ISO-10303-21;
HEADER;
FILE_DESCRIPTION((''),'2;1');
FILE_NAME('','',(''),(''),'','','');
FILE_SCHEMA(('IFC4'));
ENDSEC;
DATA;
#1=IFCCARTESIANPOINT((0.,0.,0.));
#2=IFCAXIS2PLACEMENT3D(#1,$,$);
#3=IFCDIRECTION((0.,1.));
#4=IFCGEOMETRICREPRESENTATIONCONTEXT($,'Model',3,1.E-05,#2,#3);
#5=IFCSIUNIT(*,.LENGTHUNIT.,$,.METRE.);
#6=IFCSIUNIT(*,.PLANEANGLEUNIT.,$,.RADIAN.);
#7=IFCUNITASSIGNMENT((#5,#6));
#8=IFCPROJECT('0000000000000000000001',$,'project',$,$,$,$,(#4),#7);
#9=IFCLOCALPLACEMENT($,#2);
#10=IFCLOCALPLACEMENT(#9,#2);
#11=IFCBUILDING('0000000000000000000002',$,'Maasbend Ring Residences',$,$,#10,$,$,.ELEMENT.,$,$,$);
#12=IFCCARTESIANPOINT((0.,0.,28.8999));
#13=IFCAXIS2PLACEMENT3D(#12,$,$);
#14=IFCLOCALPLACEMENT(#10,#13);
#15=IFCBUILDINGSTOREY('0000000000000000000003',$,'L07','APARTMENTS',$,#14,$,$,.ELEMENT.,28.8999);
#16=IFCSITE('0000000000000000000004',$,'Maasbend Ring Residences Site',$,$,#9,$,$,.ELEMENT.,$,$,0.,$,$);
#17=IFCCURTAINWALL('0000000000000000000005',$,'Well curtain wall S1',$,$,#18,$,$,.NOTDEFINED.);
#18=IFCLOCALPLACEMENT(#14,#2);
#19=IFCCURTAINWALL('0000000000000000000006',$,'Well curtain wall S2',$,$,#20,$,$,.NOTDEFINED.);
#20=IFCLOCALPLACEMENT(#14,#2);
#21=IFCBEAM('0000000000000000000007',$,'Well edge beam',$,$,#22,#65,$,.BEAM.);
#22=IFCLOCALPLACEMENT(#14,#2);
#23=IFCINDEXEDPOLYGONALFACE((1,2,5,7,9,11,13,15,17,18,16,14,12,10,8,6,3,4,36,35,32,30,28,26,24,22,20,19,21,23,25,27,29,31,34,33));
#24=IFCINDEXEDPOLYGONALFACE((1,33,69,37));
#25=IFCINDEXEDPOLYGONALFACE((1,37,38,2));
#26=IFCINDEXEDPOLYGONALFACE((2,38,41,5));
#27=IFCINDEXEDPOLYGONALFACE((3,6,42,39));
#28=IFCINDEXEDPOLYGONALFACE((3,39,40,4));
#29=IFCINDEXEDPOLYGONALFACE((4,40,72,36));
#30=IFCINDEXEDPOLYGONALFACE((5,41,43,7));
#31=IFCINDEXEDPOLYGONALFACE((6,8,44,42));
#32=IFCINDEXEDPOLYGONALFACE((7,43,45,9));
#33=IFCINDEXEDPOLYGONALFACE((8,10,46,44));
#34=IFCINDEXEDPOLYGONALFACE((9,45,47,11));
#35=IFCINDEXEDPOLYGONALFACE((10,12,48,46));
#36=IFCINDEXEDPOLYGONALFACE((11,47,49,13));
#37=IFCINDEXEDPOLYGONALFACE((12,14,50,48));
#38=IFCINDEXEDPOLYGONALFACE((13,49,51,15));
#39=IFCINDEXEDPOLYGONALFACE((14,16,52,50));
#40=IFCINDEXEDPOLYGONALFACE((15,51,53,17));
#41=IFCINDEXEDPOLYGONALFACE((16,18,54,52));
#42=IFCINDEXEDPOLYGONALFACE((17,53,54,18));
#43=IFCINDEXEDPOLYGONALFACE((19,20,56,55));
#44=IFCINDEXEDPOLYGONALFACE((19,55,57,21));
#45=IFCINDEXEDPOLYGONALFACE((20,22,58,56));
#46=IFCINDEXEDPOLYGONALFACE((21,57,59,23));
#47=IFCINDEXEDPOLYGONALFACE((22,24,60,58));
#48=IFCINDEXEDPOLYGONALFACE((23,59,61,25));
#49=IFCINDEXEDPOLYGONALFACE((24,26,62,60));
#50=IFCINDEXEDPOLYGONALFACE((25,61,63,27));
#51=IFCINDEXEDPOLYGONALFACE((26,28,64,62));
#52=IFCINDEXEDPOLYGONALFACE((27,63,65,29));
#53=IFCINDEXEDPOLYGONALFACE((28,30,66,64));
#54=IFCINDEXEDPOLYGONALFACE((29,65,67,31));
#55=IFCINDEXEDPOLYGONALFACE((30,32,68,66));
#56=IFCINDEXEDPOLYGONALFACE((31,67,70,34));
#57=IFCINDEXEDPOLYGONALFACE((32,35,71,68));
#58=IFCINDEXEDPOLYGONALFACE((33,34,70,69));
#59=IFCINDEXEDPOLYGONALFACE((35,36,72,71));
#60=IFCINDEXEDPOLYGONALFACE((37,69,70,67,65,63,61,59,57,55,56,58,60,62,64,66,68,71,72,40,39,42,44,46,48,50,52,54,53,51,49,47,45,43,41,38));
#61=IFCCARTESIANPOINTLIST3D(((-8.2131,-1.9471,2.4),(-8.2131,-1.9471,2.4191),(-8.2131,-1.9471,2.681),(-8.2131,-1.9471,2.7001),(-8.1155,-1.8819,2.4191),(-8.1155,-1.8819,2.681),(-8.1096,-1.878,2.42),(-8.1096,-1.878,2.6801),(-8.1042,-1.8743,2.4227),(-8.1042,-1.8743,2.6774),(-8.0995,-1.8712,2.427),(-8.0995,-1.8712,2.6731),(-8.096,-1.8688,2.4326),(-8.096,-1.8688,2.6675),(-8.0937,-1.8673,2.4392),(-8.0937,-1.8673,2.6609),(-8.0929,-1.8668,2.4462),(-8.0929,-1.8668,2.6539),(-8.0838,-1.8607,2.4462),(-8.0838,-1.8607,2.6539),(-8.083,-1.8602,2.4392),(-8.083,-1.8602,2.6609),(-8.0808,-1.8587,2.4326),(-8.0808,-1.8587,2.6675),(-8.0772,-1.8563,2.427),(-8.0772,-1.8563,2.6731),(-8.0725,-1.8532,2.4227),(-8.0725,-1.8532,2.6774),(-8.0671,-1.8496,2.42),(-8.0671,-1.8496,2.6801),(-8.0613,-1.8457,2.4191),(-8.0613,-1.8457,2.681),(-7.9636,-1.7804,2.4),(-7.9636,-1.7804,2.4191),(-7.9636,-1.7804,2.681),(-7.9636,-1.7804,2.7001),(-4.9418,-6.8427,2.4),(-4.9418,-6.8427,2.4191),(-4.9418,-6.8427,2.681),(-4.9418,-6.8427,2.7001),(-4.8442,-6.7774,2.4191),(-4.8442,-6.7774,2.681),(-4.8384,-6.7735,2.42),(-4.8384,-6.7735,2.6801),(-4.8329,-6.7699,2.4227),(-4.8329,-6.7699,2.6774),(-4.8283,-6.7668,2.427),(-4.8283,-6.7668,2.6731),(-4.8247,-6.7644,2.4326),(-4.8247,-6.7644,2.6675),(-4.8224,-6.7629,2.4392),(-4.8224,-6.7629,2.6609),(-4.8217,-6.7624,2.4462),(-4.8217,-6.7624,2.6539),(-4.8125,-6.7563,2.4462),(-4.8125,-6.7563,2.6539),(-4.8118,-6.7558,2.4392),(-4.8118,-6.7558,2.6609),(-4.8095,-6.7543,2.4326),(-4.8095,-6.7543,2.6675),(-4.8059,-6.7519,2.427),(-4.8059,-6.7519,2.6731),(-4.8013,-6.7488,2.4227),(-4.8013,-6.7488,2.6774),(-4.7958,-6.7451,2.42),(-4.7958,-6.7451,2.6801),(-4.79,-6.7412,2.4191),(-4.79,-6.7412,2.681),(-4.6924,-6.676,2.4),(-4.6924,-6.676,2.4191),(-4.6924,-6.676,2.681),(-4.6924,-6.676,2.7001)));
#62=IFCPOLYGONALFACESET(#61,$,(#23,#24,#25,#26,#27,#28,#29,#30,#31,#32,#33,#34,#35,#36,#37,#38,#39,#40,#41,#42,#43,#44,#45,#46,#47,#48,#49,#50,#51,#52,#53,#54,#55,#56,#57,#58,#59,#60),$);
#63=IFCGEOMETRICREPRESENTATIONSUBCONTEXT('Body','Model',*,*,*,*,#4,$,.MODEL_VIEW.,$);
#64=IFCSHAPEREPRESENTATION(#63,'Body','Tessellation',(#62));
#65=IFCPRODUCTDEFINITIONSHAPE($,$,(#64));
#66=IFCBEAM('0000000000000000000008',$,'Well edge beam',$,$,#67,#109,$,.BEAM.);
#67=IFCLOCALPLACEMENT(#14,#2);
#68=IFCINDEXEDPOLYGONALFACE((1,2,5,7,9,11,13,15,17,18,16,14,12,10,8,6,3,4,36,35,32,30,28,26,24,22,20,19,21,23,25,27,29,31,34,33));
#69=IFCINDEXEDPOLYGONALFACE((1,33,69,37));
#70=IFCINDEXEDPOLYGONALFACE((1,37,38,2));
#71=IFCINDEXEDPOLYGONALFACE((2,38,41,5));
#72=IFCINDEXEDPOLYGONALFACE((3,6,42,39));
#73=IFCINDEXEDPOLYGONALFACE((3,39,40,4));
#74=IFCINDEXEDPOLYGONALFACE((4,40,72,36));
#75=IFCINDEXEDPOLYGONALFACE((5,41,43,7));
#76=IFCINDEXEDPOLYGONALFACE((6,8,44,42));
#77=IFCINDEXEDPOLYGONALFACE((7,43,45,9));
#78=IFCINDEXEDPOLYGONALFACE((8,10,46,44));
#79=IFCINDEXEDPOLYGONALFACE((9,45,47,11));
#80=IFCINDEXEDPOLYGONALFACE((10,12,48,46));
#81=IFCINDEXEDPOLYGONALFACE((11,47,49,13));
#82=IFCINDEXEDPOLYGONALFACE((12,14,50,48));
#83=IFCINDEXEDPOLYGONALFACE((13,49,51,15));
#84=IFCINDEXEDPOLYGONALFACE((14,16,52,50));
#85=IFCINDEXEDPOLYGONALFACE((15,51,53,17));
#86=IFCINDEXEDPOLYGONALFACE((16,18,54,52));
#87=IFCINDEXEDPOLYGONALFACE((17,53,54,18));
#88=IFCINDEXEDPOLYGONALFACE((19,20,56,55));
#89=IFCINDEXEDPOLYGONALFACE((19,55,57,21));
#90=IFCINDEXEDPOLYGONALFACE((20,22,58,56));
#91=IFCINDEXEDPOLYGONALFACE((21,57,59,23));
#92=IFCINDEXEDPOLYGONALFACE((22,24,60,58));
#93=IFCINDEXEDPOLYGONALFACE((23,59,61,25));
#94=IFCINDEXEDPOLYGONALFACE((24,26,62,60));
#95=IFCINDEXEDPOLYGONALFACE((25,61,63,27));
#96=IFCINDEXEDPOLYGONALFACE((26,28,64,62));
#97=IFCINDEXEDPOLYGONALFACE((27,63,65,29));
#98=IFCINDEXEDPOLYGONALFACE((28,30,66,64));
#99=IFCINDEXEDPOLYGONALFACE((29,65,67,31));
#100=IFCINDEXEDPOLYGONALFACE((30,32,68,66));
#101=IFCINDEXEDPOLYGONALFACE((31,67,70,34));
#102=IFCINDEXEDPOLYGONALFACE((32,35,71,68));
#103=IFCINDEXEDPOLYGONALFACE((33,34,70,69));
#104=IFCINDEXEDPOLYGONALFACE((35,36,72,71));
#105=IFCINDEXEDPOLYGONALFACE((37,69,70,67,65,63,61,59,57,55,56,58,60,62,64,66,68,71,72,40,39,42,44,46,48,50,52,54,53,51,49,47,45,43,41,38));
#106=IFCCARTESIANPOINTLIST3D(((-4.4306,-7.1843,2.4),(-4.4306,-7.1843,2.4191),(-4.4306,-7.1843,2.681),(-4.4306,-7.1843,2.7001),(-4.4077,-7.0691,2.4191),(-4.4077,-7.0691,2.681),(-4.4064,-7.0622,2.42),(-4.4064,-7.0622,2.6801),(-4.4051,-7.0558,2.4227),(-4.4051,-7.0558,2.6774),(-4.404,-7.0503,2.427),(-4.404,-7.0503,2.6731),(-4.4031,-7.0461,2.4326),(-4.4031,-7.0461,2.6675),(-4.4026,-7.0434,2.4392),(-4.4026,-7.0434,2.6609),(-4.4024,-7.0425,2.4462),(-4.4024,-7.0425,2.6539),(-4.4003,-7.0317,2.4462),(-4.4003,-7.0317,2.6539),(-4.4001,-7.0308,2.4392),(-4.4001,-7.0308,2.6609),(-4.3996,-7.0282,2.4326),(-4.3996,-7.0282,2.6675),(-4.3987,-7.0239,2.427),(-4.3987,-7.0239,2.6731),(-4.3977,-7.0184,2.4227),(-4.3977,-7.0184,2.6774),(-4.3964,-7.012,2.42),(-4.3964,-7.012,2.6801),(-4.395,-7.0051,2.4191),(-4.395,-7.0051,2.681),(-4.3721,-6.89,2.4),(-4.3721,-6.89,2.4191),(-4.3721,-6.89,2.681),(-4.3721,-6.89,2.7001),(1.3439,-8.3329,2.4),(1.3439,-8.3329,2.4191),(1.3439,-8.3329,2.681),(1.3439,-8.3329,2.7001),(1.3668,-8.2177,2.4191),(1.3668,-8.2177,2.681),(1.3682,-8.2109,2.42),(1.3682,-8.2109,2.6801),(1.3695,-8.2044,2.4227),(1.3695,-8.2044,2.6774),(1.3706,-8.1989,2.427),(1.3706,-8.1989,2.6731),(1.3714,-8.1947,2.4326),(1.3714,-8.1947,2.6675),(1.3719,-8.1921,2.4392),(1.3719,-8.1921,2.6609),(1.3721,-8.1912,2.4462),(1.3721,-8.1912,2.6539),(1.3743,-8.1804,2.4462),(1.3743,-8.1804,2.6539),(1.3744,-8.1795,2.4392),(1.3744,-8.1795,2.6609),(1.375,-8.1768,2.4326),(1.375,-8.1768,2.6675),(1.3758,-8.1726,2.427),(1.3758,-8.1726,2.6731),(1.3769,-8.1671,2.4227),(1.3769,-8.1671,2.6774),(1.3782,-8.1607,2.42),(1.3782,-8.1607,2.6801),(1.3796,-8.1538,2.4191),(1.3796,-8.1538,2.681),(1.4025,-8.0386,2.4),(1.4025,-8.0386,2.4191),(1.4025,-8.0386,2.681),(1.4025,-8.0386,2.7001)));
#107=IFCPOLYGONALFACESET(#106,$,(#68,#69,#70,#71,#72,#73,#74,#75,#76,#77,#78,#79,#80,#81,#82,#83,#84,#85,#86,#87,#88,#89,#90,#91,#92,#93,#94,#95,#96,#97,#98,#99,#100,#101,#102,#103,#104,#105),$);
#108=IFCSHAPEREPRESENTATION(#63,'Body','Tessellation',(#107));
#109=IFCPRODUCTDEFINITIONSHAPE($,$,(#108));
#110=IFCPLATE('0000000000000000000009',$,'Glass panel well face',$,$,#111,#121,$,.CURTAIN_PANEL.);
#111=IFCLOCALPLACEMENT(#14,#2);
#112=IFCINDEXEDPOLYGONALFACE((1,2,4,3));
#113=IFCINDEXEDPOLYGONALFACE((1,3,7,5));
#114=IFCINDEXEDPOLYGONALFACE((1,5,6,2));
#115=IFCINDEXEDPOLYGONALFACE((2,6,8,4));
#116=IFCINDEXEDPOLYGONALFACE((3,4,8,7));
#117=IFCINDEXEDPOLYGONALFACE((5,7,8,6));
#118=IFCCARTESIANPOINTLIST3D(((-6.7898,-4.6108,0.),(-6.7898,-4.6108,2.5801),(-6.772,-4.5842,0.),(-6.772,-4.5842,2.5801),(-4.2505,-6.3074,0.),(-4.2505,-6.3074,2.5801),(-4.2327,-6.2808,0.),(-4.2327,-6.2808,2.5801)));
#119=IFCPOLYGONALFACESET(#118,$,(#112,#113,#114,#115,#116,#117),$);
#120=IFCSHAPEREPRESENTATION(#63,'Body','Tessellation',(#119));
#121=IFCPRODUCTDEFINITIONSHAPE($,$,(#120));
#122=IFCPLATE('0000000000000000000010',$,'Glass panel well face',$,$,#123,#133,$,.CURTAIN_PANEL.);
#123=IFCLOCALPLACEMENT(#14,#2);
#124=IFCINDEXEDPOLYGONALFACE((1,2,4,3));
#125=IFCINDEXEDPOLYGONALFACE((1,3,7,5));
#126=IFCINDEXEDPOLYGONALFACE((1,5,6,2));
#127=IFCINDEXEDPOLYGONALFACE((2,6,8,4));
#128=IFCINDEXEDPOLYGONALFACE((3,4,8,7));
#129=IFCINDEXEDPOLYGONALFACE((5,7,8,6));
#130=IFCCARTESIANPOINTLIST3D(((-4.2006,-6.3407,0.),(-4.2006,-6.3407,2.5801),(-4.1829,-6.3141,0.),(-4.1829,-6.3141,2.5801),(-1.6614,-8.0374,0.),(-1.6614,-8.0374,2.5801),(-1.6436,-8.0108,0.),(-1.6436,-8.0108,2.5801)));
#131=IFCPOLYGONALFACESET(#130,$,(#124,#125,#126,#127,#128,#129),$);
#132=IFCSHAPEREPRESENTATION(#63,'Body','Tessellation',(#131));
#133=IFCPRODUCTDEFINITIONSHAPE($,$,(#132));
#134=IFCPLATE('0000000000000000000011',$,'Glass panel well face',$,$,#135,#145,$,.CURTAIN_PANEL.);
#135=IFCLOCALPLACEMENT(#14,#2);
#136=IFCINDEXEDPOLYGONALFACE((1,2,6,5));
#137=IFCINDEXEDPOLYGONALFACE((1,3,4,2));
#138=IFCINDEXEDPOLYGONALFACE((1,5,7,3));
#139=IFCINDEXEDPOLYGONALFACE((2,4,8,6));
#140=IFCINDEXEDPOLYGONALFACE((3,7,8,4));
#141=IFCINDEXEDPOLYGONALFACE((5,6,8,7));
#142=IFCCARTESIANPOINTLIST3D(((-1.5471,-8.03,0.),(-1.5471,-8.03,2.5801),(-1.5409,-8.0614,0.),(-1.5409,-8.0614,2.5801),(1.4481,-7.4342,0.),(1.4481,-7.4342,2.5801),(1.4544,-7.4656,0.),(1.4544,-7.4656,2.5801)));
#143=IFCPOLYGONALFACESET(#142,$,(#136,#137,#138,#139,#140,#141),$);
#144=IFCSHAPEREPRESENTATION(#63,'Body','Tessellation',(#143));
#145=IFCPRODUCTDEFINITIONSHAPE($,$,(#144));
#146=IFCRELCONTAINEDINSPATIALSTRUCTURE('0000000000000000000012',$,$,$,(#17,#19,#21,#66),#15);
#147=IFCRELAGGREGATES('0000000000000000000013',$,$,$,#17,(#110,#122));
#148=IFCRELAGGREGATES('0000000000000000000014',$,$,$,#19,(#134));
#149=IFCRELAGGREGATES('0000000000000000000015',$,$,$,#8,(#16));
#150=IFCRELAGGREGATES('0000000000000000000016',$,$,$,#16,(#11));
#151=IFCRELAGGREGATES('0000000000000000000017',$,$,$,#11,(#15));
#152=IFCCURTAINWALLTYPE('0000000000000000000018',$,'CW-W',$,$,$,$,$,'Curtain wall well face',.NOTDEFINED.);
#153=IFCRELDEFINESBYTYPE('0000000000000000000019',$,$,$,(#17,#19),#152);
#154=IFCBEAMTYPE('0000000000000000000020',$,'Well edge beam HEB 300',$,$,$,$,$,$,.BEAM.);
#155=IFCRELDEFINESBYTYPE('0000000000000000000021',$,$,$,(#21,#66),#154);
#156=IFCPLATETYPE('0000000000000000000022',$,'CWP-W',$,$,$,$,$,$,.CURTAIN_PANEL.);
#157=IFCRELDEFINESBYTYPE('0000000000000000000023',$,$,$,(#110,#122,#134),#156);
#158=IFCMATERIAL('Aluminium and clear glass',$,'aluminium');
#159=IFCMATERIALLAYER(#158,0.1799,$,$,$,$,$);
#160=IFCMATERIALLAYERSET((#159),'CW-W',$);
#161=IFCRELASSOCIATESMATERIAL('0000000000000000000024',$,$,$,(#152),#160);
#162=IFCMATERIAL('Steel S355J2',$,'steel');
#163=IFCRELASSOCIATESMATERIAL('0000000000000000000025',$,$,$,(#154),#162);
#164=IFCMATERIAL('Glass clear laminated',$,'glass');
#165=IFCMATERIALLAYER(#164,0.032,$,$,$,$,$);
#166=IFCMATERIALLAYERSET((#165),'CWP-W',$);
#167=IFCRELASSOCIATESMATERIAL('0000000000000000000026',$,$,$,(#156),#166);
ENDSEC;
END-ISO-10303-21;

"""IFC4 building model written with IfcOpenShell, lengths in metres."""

from ifc_helpers import new_model, si_unit, direction, frame, origin, origin_2d, place, context, subcontext, project, spatial, rectangle, i_section, extrude, material, layer, layer_set, material_profile, profile_set, type_object, element, aggregate, save


model = new_model("IFC4")

# Units and contexts
model_context = context("Model", 3, precision=1e-05, world=origin(), true_north=direction((0.0, 1.0)))
body_context = subcontext(model_context, "Body", "Model", "MODEL_VIEW")
ifc_project = project(units=[si_unit("LENGTHUNIT", "METRE"), si_unit("PLANEANGLEUNIT", "RADIAN")], contexts=[model_context])

# Site, building, storey
site_placement = place(None, origin())
site = spatial("IfcSite", under=ifc_project, at=site_placement, Name="Maasbend Ring Residences Site", CompositionType="ELEMENT", RefElevation=0.0)
building_placement = place(site_placement, origin())
building = spatial("IfcBuilding", under=site, at=building_placement, Name="Maasbend Ring Residences", CompositionType="ELEMENT")
storey_placement = place(building_placement, frame((0.0, 0.0, 28.8999)))
storey = spatial("IfcBuildingStorey", under=building, at=storey_placement, Name="L07", Description="APARTMENTS", CompositionType="ELEMENT", Elevation=28.8999)

# Curtain wall
ifc_material_1 = material(Name="Aluminium and clear glass", Category="aluminium")
ifc_layer_1 = layer(ifc_material_1, 0.1799)
ifc_layer_set_1 = layer_set([ifc_layer_1], Name="CW-W")
curtain_wall_type = type_object("IfcCurtainWallType", Name="CW-W", ElementType="Curtain wall well face", PredefinedType="NOTDEFINED", material=ifc_layer_set_1)
curtain_wall_1_placement = place(storey_placement, origin())
curtain_wall_1 = element("IfcCurtainWall", 1, at=curtain_wall_1_placement, inside=storey, type_object=curtain_wall_type, Name="Well curtain wall S1", PredefinedType="NOTDEFINED")

# Curtain wall
curtain_wall_2_placement = place(storey_placement, origin())
curtain_wall_2 = element("IfcCurtainWall", 2, at=curtain_wall_2_placement, inside=storey, type_object=curtain_wall_type, Name="Well curtain wall S2", PredefinedType="NOTDEFINED")

# Beams
ifc_material_2 = material(Name="Steel S355J2", Category="steel")
ifc_material_profile_1 = material_profile(ifc_material_2, i_section(OverallWidth=0.3, OverallDepth=0.3, WebThickness=0.011, FlangeThickness=0.019, FilletRadius=0.0271, at=origin_2d()), Name="HEB 300")
ifc_profile_set_1 = profile_set([ifc_material_profile_1], Name="Steel S355J2")
beam_type = type_object("IfcBeamType", Name="Well edge beam HEB 300", PredefinedType="BEAM", material=ifc_profile_set_1)
beam_1_placement = place(storey_placement, frame((-8.0884, -1.8638, 2.55), z_axis=(0.55559, -0.831457, 0.0), x_axis=(0.831457, 0.55559, 0.0)))
element("IfcBeam", 3, at=beam_1_placement, inside=storey, type_object=beam_type, Name="Well edge beam", PredefinedType="BEAM", context=body_context, shape_type="SweptSolid", body=[
    extrude(i_section(OverallWidth=0.3, OverallDepth=0.3, WebThickness=0.011, FlangeThickness=0.019, FilletRadius=0.0271, at=origin_2d()), origin(), (0.0, 0.0, 1.0), 5.8879),
])
beam_2_placement = place(storey_placement, frame((-4.4014, -7.0371, 2.55), z_axis=(0.980784, -0.195095, 0.0), x_axis=(0.195095, 0.980784, 0.0)))
element("IfcBeam", 4, at=beam_2_placement, inside=storey, type_object=beam_type, Name="Well edge beam", PredefinedType="BEAM", context=body_context, shape_type="SweptSolid", body=[
    extrude(i_section(OverallWidth=0.3, OverallDepth=0.3, WebThickness=0.011, FlangeThickness=0.019, FilletRadius=0.0271, at=origin_2d()), origin(), (0.0, 0.0, 1.0), 5.8877),
])

# Plates
ifc_material_3 = material(Name="Glass clear laminated", Category="glass")
ifc_layer_2 = layer(ifc_material_3, 0.032)
ifc_layer_set_2 = layer_set([ifc_layer_2], Name="CWP-W")
plate_type = type_object("IfcPlateType", Name="CWP-W", PredefinedType="CURTAIN_PANEL", material=ifc_layer_set_2)
plate_1_placement = place(storey_placement, frame((-5.5112, -5.4458, 0.0), z_axis=(0.0, 0.0, 1.0), x_axis=(0.83147, -0.55557, 0.0)))
plate_1 = element("IfcPlate", 5, at=plate_1_placement, type_object=plate_type, Name="Glass panel well face", PredefinedType="CURTAIN_PANEL", context=body_context, shape_type="SweptSolid", body=[
    extrude(rectangle(XDim=3.054, YDim=0.032, at=origin_2d()), origin(), (0.0, 0.0, 1.0), 2.5801),
])
plate_2_placement = place(storey_placement, frame((-2.9221, -7.1758, 0.0), z_axis=(0.0, 0.0, 1.0), x_axis=(0.83147, -0.55557, 0.0)))
plate_2 = element("IfcPlate", 6, at=plate_2_placement, type_object=plate_type, Name="Glass panel well face", PredefinedType="CURTAIN_PANEL", context=body_context, shape_type="SweptSolid", body=[
    extrude(rectangle(XDim=3.054, YDim=0.032, at=origin_2d()), origin(), (0.0, 0.0, 1.0), 2.5801),
])
aggregate(curtain_wall_1, [plate_1, plate_2])
plate_3_placement = place(storey_placement, frame((-0.0464, -7.7478, 0.0), z_axis=(0.0, 0.0, 1.0), x_axis=(0.980785, 0.19509, 0.0)))
plate_3 = element("IfcPlate", 7, at=plate_3_placement, type_object=plate_type, Name="Glass panel well face", PredefinedType="CURTAIN_PANEL", context=body_context, shape_type="SweptSolid", body=[
    extrude(rectangle(XDim=3.054, YDim=0.032, at=origin_2d()), origin(), (0.0, 0.0, 1.0), 2.5801),
])
aggregate(curtain_wall_2, [plate_3])

save(model, "model.ifc")
